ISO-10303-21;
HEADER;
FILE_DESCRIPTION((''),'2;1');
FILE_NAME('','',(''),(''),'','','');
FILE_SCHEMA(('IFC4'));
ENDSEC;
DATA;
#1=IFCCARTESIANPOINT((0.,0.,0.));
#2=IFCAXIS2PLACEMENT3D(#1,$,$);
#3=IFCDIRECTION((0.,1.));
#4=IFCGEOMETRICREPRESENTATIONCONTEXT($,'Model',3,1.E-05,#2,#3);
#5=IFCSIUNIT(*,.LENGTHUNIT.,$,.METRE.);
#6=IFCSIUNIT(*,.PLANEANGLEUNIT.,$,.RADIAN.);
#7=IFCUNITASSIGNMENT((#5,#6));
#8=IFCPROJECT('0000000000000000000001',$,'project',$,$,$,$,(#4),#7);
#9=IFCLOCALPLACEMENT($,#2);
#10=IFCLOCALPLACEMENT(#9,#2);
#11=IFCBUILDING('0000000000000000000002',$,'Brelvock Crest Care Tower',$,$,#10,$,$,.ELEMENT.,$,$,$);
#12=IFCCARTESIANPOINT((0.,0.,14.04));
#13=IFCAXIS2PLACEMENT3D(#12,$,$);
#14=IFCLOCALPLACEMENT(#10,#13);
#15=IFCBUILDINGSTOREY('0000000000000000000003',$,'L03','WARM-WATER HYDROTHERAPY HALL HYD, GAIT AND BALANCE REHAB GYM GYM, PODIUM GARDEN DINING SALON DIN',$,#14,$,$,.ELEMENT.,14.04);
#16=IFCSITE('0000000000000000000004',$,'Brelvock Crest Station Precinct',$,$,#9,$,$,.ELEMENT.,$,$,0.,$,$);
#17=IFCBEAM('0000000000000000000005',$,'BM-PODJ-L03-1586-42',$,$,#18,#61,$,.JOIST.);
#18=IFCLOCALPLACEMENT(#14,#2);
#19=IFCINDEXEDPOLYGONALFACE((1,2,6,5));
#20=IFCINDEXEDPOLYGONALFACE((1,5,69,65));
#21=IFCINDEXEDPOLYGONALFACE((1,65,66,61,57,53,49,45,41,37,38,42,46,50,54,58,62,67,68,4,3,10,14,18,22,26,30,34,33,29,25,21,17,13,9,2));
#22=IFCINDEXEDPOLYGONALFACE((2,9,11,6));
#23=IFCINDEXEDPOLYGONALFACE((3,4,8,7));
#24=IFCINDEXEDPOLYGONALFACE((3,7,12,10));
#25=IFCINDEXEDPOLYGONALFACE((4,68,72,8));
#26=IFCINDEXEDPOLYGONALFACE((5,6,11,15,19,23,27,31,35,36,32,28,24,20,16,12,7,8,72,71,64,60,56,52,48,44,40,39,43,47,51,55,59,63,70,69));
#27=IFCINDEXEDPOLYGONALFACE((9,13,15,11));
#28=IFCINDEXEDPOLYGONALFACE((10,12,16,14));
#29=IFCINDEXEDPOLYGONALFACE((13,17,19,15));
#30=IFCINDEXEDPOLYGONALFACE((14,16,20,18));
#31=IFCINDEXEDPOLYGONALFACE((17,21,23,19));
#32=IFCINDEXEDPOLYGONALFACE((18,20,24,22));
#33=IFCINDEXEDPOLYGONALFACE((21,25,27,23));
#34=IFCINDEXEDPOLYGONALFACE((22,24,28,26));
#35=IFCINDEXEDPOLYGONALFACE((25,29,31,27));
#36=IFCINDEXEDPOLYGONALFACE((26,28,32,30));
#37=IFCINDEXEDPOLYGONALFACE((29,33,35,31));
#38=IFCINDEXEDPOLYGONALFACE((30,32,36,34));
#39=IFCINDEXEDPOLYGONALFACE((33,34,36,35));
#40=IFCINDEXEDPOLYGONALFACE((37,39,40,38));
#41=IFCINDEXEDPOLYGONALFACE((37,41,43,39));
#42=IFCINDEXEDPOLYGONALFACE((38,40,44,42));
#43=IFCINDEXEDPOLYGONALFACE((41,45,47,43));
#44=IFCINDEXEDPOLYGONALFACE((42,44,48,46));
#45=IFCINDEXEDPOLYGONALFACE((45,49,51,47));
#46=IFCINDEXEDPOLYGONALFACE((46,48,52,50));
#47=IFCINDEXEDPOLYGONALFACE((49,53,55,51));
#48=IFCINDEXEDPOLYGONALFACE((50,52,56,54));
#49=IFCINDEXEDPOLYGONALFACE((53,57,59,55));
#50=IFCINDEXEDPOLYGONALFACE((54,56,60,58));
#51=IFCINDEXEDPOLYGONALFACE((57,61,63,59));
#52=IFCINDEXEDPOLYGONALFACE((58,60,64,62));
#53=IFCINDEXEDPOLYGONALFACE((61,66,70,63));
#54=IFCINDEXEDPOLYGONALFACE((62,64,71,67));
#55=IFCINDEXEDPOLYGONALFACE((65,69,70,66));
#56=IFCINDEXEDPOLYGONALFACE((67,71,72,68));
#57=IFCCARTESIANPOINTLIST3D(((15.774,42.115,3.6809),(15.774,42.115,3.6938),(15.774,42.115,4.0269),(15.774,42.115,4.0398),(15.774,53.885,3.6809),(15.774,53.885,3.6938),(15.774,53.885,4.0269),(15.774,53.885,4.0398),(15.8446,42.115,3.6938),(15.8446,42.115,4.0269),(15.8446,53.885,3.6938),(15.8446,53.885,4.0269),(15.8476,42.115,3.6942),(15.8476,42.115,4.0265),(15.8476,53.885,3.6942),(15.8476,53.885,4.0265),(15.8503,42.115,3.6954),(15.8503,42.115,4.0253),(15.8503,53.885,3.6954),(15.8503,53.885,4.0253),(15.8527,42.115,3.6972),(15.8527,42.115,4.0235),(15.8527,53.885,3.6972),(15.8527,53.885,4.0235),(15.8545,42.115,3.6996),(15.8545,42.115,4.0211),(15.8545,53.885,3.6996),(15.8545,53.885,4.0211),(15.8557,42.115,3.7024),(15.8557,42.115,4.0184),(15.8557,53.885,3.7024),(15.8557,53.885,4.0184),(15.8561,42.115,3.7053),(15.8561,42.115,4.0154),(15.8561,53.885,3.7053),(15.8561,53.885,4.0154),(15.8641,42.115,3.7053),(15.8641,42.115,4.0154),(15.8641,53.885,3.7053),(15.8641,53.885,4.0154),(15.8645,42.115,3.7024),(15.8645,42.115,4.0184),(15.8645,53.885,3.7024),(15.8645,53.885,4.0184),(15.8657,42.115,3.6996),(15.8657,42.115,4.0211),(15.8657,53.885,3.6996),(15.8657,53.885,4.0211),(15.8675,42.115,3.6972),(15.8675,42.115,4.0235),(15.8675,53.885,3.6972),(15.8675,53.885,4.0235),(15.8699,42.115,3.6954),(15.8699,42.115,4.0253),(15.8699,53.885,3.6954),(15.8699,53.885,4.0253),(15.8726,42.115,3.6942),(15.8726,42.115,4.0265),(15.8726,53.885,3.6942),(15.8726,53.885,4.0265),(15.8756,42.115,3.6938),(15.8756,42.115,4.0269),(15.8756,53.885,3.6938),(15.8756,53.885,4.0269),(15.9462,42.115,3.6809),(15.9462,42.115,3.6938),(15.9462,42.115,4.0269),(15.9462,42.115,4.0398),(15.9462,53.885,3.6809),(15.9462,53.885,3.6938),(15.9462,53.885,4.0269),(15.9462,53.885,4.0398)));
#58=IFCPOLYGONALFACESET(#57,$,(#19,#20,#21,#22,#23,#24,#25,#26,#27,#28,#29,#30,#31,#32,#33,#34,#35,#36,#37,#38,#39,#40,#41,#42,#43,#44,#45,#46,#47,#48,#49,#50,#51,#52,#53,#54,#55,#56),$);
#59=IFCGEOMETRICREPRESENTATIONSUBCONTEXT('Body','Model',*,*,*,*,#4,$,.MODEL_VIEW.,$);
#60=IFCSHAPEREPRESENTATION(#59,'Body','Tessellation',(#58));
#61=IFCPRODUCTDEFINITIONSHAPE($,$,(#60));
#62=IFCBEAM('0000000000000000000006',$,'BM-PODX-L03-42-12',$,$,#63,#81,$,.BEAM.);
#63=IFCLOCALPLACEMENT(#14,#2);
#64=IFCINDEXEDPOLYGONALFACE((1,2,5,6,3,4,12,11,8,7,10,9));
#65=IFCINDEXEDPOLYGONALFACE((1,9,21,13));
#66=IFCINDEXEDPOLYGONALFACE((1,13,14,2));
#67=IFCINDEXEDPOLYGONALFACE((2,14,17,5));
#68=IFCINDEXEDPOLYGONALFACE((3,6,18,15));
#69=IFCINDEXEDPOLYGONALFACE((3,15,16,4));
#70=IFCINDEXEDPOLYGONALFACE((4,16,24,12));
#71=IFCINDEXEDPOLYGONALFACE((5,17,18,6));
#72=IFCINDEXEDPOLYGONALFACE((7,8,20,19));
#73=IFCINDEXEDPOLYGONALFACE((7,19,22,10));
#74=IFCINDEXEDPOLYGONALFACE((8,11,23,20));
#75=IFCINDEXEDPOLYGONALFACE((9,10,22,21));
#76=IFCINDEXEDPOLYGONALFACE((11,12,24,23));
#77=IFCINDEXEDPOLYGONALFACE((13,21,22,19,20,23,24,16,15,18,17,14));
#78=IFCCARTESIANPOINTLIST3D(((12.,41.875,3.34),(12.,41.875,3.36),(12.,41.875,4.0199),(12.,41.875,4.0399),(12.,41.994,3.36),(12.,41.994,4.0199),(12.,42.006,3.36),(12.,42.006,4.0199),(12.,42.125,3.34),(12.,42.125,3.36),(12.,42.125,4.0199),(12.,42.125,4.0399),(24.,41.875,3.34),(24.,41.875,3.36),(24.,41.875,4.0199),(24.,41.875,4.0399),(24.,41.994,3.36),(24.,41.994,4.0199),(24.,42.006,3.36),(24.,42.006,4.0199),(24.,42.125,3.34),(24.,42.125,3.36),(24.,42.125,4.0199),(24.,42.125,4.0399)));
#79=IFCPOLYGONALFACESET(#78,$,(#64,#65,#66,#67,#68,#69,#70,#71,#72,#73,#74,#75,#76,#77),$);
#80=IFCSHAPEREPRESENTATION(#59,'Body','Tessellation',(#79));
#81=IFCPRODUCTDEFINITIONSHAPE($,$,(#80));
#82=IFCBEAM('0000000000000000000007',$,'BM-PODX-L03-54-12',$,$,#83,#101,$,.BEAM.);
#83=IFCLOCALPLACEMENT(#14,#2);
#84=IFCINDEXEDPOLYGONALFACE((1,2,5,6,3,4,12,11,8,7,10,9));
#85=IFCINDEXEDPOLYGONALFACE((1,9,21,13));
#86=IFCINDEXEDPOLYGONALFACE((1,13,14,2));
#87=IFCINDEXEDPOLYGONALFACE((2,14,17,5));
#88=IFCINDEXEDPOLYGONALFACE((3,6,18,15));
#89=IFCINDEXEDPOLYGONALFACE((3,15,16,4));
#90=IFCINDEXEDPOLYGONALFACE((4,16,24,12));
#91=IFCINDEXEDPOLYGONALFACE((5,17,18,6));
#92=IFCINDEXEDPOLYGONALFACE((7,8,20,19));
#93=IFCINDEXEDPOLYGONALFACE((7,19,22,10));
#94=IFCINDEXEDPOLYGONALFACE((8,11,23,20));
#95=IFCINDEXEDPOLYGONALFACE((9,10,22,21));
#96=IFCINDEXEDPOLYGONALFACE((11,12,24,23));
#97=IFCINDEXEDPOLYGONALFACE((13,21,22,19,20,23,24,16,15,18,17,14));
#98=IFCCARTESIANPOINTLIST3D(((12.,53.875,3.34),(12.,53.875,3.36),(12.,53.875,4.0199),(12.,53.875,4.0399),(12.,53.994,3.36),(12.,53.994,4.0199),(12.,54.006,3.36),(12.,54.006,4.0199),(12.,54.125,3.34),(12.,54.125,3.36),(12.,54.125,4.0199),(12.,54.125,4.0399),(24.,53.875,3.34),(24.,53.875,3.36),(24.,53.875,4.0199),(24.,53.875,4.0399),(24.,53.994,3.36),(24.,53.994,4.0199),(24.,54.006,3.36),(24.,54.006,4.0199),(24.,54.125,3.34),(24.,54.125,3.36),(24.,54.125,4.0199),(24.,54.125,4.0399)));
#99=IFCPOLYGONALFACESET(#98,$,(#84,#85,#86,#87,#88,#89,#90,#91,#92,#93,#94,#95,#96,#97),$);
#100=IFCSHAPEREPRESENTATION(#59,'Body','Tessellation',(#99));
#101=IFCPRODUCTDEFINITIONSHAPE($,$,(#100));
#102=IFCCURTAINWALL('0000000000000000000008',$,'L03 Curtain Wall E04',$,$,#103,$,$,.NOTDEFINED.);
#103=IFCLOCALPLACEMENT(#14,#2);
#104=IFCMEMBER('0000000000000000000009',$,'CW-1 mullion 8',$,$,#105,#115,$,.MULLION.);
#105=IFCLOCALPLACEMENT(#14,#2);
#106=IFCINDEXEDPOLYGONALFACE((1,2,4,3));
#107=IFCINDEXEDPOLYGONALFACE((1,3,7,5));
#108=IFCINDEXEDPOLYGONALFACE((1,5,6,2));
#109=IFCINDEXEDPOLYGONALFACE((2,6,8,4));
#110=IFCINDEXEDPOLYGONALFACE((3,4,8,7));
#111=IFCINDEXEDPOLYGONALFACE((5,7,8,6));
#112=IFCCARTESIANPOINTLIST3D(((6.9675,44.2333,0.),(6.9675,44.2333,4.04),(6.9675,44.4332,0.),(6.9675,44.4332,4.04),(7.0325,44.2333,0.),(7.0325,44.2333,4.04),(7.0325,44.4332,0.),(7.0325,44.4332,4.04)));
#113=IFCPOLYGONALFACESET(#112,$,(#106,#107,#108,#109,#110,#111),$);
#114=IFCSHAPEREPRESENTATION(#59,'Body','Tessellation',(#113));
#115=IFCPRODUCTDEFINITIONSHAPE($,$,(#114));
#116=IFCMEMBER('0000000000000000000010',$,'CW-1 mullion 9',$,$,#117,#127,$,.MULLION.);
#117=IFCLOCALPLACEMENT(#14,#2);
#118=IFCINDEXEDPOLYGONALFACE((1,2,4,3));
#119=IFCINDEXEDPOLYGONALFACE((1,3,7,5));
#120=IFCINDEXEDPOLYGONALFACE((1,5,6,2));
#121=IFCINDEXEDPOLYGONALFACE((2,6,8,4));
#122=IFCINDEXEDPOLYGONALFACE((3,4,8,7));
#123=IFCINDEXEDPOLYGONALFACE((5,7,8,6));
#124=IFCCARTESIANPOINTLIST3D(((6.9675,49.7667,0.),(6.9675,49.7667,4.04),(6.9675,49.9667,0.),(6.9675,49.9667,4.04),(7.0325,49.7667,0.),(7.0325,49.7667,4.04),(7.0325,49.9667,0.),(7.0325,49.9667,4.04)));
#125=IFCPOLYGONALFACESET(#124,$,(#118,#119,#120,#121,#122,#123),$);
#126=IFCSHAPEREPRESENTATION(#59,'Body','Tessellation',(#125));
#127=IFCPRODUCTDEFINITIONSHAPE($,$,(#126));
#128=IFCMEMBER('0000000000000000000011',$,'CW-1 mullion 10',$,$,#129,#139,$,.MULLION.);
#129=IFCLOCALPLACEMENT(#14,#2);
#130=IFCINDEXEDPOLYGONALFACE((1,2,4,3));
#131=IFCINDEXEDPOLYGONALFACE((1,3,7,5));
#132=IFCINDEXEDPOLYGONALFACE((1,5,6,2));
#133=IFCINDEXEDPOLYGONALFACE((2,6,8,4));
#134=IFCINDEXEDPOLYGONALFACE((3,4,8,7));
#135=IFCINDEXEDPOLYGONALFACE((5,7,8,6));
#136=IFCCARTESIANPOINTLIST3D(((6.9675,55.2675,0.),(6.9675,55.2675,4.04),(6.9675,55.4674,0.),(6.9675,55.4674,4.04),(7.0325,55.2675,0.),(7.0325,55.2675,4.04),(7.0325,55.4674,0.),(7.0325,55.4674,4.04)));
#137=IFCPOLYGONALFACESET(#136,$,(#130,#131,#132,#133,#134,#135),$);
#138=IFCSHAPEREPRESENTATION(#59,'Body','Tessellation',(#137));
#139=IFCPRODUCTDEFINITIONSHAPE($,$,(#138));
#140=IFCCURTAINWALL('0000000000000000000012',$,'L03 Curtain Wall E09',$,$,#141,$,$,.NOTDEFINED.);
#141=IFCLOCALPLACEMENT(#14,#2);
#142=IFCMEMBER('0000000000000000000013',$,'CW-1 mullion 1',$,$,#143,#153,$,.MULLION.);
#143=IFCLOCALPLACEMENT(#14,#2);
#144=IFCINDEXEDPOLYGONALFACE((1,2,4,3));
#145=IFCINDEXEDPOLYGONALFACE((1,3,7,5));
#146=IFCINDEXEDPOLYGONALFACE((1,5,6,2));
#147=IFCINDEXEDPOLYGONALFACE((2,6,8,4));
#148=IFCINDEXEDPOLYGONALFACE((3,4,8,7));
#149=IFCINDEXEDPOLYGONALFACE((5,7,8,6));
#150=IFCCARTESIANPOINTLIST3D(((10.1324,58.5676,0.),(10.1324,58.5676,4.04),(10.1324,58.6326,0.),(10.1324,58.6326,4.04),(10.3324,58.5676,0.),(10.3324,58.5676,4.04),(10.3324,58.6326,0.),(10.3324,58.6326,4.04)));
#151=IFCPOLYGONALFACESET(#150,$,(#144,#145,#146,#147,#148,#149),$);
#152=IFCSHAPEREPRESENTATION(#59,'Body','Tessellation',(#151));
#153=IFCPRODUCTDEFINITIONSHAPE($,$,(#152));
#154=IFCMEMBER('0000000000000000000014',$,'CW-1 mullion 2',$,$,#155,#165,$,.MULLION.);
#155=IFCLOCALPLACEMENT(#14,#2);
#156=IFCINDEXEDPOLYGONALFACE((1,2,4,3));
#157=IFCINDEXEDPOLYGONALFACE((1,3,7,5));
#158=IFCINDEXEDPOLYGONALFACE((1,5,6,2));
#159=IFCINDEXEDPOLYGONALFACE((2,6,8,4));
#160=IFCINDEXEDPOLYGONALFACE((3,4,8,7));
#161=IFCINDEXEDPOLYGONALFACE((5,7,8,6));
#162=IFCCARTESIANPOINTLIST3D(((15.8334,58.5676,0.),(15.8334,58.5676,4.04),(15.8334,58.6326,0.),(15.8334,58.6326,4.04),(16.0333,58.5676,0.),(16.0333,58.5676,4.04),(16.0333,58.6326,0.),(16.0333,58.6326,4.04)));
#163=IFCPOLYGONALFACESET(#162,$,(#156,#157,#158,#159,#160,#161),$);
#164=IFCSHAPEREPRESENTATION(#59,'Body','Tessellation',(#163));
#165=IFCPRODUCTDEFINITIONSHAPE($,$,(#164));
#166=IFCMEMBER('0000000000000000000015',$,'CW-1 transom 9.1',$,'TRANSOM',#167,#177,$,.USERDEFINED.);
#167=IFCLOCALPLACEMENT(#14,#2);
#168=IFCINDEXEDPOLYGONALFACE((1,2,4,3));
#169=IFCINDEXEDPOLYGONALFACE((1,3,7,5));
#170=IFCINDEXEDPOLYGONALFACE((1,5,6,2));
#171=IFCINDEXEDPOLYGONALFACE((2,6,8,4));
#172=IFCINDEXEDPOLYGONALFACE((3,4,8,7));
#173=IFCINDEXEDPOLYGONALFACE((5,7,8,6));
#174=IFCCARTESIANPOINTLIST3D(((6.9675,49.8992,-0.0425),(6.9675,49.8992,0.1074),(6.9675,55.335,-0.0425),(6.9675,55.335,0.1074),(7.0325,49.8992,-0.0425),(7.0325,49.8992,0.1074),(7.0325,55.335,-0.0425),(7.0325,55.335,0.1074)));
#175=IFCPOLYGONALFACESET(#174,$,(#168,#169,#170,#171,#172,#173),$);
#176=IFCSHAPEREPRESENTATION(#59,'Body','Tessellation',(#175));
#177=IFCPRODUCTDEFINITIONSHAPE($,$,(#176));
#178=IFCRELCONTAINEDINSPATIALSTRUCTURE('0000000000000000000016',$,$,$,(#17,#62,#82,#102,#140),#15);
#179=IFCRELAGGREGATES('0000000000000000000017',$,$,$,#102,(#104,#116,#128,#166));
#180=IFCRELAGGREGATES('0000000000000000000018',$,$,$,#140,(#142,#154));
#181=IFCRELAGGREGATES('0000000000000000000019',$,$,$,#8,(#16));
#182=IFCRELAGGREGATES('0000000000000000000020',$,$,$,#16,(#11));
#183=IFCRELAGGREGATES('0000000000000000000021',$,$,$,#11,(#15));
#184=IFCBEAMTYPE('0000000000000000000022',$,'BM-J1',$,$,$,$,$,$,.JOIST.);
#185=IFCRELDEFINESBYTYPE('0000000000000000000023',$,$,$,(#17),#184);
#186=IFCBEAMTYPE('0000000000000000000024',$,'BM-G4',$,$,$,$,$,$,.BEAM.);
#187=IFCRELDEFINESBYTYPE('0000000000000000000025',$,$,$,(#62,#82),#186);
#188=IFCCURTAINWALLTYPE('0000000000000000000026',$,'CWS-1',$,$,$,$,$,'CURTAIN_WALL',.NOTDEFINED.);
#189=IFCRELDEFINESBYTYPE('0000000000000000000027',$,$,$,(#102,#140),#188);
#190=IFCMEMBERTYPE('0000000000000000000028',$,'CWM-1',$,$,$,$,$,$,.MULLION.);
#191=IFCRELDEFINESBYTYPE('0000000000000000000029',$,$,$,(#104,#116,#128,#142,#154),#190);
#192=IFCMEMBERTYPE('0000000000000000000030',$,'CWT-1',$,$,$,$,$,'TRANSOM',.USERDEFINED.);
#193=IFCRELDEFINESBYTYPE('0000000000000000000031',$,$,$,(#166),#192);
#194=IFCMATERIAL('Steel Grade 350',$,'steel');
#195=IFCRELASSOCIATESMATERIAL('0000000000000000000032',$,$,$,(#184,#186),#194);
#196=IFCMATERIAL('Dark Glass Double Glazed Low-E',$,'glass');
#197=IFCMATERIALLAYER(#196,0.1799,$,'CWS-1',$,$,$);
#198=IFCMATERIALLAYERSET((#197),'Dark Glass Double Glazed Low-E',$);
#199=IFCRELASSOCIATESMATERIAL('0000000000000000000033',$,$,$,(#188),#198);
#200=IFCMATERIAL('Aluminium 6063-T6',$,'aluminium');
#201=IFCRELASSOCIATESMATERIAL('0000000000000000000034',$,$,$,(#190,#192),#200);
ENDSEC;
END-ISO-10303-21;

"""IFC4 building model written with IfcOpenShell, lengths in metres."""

from ifc_helpers import new_model, si_unit, direction, frame, origin, origin_2d, place, context, subcontext, project, spatial, rectangle, i_section, extrude, source, transform, mapped, material, layer, layer_set, material_profile, profile_set, type_object, element, aggregate, save


model = new_model("IFC4")

# Units and contexts
model_context = context("Model", 3, precision=1e-05, world=origin(), true_north=direction((0.0, 1.0)))
body_context = subcontext(model_context, "Body", "Model", "MODEL_VIEW")
ifc_project = project(units=[si_unit("LENGTHUNIT", "METRE"), si_unit("PLANEANGLEUNIT", "RADIAN")], contexts=[model_context])

# Site, building, storey
site_placement = place(None, origin())
site = spatial("IfcSite", under=ifc_project, at=site_placement, Name="Brelvock Crest Station Precinct", CompositionType="ELEMENT", RefElevation=0.0)
building_placement = place(site_placement, origin())
building = spatial("IfcBuilding", under=site, at=building_placement, Name="Brelvock Crest Care Tower", CompositionType="ELEMENT")
storey_placement = place(building_placement, frame((0.0, 0.0, 14.04)))
storey = spatial("IfcBuildingStorey", under=building, at=storey_placement, Name="L03", Description="WARM-WATER HYDROTHERAPY HALL HYD, GAIT AND BALANCE REHAB GYM GYM, PODIUM GARDEN DINING SALON DIN", CompositionType="ELEMENT", Elevation=14.04)

# Shared definitions
ifc_material_1 = material(Name="Steel Grade 350", Category="steel")

# Beams
ifc_material_profile_1 = material_profile(ifc_material_1, i_section(OverallWidth=0.1721, OverallDepth=0.3589, WebThickness=0.0081, FlangeThickness=0.0129, FilletRadius=0.0115, at=origin_2d()), Name="360UB56.7")
ifc_profile_set_1 = profile_set([ifc_material_profile_1], Name="Steel Grade 350")
beam_type_1 = type_object("IfcBeamType", Name="BM-J1", PredefinedType="JOIST", material=ifc_profile_set_1)
shared_shape_1 = source(origin(), body_context, "Body", "SweptSolid", [
    extrude(i_section(OverallWidth=0.1721, OverallDepth=0.3589, WebThickness=0.0081, FlangeThickness=0.0129, FilletRadius=0.0115, at=origin_2d()), origin(), (0.0, 0.0, 1.0), 11.77),
])
for number, where, z_axis, x_axis, name in (
    (1, (15.8601, 42.115, 3.8604), (0.0, 1.0, 0.0), (-1.0, 0.0, 0.0), "BM-PODJ-L03-1586-42"),
):
    element("IfcBeam", number, at=place(storey_placement, frame(where, z_axis=z_axis, x_axis=x_axis)), inside=storey, type_object=beam_type_1, Name=name, PredefinedType="JOIST", context=body_context, shape_type="MappedRepresentation", body=[
        mapped(shared_shape_1, transform((0.0, 0.0, 0.0), x_axis=(1.0, 0.0, 0.0), y_axis=(0.0, 1.0, 0.0), z_axis=(0.0, 0.0, 1.0), scale=1.0)),
    ])
ifc_material_profile_2 = material_profile(ifc_material_1, i_section(OverallWidth=0.25, OverallDepth=0.7, WebThickness=0.012, FlangeThickness=0.02, at=origin_2d()), Name="700WB150")
ifc_profile_set_2 = profile_set([ifc_material_profile_2], Name="Steel Grade 350")
beam_type_2 = type_object("IfcBeamType", Name="BM-G4", PredefinedType="BEAM", material=ifc_profile_set_2)
shared_shape_2 = source(origin(), body_context, "Body", "SweptSolid", [
    extrude(i_section(OverallWidth=0.25, OverallDepth=0.7, WebThickness=0.012, FlangeThickness=0.02, at=origin_2d()), origin(), (0.0, 0.0, 1.0), 12.0),
])
for number, where, z_axis, x_axis, name in (
    (2, (12.0, 42.0, 3.6899), (1.0, 0.0, 0.0), (0.0, 1.0, 0.0), "BM-PODX-L03-42-12"),
    (3, (12.0, 54.0, 3.6899), (1.0, 0.0, 0.0), (0.0, 1.0, 0.0), "BM-PODX-L03-54-12"),
):
    element("IfcBeam", number, at=place(storey_placement, frame(where, z_axis=z_axis, x_axis=x_axis)), inside=storey, type_object=beam_type_2, Name=name, PredefinedType="BEAM", context=body_context, shape_type="MappedRepresentation", body=[
        mapped(shared_shape_2, transform((0.0, 0.0, 0.0), x_axis=(1.0, 0.0, 0.0), y_axis=(0.0, 1.0, 0.0), z_axis=(0.0, 0.0, 1.0), scale=1.0)),
    ])

# Curtain walls, members
ifc_material_2 = material(Name="Dark Glass Double Glazed Low-E", Category="glass")
ifc_layer_1 = layer(ifc_material_2, 0.1799, Name="CWS-1")
ifc_layer_set_1 = layer_set([ifc_layer_1], Name="Dark Glass Double Glazed Low-E")
curtain_wall_type = type_object("IfcCurtainWallType", Name="CWS-1", ElementType="CURTAIN_WALL", PredefinedType="NOTDEFINED", material=ifc_layer_set_1)
curtain_wall_1_placement = place(storey_placement, origin())
curtain_wall_1 = element("IfcCurtainWall", 4, at=curtain_wall_1_placement, inside=storey, type_object=curtain_wall_type, Name="L03 Curtain Wall E04", PredefinedType="NOTDEFINED")
ifc_material_3 = material(Name="Aluminium 6063-T6", Category="aluminium")
ifc_material_profile_3 = material_profile(ifc_material_3, rectangle(XDim=0.0649, YDim=0.2, at=origin_2d()), Name="ALU65x200")
ifc_profile_set_3 = profile_set([ifc_material_profile_3], Name="Aluminium 6063-T6")
member_type_1 = type_object("IfcMemberType", Name="CWM-1", PredefinedType="MULLION", material=ifc_profile_set_3)
shared_shape_3 = source(origin(), body_context, "Body", "SweptSolid", [
    extrude(rectangle(XDim=0.0649, YDim=0.2, at=origin_2d()), origin(), (0.0, 0.0, 1.0), 4.04),
])
member_1_placement = place(storey_placement, frame((7.0, 44.3333, 0.0), z_axis=(0.0, 0.0, 1.0), x_axis=(-1.0, 0.0, 0.0)))
member_1 = element("IfcMember", 5, at=member_1_placement, type_object=member_type_1, Name="CW-1 mullion 8", PredefinedType="MULLION", context=body_context, shape_type="MappedRepresentation", body=[
    mapped(shared_shape_3, transform((0.0, 0.0, 0.0), x_axis=(1.0, 0.0, 0.0), y_axis=(0.0, 1.0, 0.0), z_axis=(0.0, 0.0, 1.0), scale=1.0)),
])
member_2_placement = place(storey_placement, frame((7.0, 49.8667, 0.0), z_axis=(0.0, 0.0, 1.0), x_axis=(-1.0, 0.0, 0.0)))
member_2 = element("IfcMember", 6, at=member_2_placement, type_object=member_type_1, Name="CW-1 mullion 9", PredefinedType="MULLION", context=body_context, shape_type="MappedRepresentation", body=[
    mapped(shared_shape_3, transform((0.0, 0.0, 0.0), x_axis=(1.0, 0.0, 0.0), y_axis=(0.0, 1.0, 0.0), z_axis=(0.0, 0.0, 1.0), scale=1.0)),
])
member_3_placement = place(storey_placement, frame((7.0, 55.3674, 0.0), z_axis=(0.0, 0.0, 1.0), x_axis=(-1.0, 0.0, 0.0)))
member_3 = element("IfcMember", 7, at=member_3_placement, type_object=member_type_1, Name="CW-1 mullion 10", PredefinedType="MULLION", context=body_context, shape_type="MappedRepresentation", body=[
    mapped(shared_shape_3, transform((0.0, 0.0, 0.0), x_axis=(1.0, 0.0, 0.0), y_axis=(0.0, 1.0, 0.0), z_axis=(0.0, 0.0, 1.0), scale=1.0)),
])
curtain_wall_2_placement = place(storey_placement, origin())
curtain_wall_2 = element("IfcCurtainWall", 8, at=curtain_wall_2_placement, inside=storey, type_object=curtain_wall_type, Name="L03 Curtain Wall E09", PredefinedType="NOTDEFINED")
member_4_placement = place(storey_placement, frame((10.2324, 58.6001, 0.0), z_axis=(0.0, 0.0, 1.0), x_axis=(0.0, 1.0, 0.0)))
member_4 = element("IfcMember", 9, at=member_4_placement, type_object=member_type_1, Name="CW-1 mullion 1", PredefinedType="MULLION", context=body_context, shape_type="MappedRepresentation", body=[
    mapped(shared_shape_3, transform((0.0, 0.0, 0.0), x_axis=(1.0, 0.0, 0.0), y_axis=(0.0, 1.0, 0.0), z_axis=(0.0, 0.0, 1.0), scale=1.0)),
])
member_5_placement = place(storey_placement, frame((15.9333, 58.6001, 0.0), z_axis=(0.0, 0.0, 1.0), x_axis=(0.0, 1.0, 0.0)))
member_5 = element("IfcMember", 10, at=member_5_placement, type_object=member_type_1, Name="CW-1 mullion 2", PredefinedType="MULLION", context=body_context, shape_type="MappedRepresentation", body=[
    mapped(shared_shape_3, transform((0.0, 0.0, 0.0), x_axis=(1.0, 0.0, 0.0), y_axis=(0.0, 1.0, 0.0), z_axis=(0.0, 0.0, 1.0), scale=1.0)),
])

# Member
ifc_material_profile_4 = material_profile(ifc_material_3, rectangle(XDim=0.0649, YDim=0.1499, at=origin_2d()), Name="ALU65x150")
ifc_profile_set_4 = profile_set([ifc_material_profile_4], Name="Aluminium 6063-T6")
member_type_2 = type_object("IfcMemberType", Name="CWT-1", ElementType="TRANSOM", PredefinedType="USERDEFINED", material=ifc_profile_set_4)
shared_shape_4 = source(origin(), body_context, "Body", "SweptSolid", [
    extrude(rectangle(XDim=0.0649, YDim=0.1499, at=origin_2d()), origin(), (0.0, 0.0, 1.0), 5.4358),
])
member_6_placement = place(storey_placement, frame((7.0, 49.8992, 0.0325), z_axis=(0.0, 1.0, 0.0), x_axis=(-1.0, 0.0, 0.0)))
member_6 = element("IfcMember", 11, at=member_6_placement, type_object=member_type_2, Name="CW-1 transom 9.1", ObjectType="TRANSOM", PredefinedType="USERDEFINED", context=body_context, shape_type="MappedRepresentation", body=[
    mapped(shared_shape_4, transform((0.0, 0.0, 0.0), x_axis=(1.0, 0.0, 0.0), y_axis=(0.0, 1.0, 0.0), z_axis=(0.0, 0.0, 1.0), scale=1.0)),
])

aggregate(curtain_wall_1, [member_1, member_2, member_3, member_6])
aggregate(curtain_wall_2, [member_4, member_5])

save(model, "model.ifc")
